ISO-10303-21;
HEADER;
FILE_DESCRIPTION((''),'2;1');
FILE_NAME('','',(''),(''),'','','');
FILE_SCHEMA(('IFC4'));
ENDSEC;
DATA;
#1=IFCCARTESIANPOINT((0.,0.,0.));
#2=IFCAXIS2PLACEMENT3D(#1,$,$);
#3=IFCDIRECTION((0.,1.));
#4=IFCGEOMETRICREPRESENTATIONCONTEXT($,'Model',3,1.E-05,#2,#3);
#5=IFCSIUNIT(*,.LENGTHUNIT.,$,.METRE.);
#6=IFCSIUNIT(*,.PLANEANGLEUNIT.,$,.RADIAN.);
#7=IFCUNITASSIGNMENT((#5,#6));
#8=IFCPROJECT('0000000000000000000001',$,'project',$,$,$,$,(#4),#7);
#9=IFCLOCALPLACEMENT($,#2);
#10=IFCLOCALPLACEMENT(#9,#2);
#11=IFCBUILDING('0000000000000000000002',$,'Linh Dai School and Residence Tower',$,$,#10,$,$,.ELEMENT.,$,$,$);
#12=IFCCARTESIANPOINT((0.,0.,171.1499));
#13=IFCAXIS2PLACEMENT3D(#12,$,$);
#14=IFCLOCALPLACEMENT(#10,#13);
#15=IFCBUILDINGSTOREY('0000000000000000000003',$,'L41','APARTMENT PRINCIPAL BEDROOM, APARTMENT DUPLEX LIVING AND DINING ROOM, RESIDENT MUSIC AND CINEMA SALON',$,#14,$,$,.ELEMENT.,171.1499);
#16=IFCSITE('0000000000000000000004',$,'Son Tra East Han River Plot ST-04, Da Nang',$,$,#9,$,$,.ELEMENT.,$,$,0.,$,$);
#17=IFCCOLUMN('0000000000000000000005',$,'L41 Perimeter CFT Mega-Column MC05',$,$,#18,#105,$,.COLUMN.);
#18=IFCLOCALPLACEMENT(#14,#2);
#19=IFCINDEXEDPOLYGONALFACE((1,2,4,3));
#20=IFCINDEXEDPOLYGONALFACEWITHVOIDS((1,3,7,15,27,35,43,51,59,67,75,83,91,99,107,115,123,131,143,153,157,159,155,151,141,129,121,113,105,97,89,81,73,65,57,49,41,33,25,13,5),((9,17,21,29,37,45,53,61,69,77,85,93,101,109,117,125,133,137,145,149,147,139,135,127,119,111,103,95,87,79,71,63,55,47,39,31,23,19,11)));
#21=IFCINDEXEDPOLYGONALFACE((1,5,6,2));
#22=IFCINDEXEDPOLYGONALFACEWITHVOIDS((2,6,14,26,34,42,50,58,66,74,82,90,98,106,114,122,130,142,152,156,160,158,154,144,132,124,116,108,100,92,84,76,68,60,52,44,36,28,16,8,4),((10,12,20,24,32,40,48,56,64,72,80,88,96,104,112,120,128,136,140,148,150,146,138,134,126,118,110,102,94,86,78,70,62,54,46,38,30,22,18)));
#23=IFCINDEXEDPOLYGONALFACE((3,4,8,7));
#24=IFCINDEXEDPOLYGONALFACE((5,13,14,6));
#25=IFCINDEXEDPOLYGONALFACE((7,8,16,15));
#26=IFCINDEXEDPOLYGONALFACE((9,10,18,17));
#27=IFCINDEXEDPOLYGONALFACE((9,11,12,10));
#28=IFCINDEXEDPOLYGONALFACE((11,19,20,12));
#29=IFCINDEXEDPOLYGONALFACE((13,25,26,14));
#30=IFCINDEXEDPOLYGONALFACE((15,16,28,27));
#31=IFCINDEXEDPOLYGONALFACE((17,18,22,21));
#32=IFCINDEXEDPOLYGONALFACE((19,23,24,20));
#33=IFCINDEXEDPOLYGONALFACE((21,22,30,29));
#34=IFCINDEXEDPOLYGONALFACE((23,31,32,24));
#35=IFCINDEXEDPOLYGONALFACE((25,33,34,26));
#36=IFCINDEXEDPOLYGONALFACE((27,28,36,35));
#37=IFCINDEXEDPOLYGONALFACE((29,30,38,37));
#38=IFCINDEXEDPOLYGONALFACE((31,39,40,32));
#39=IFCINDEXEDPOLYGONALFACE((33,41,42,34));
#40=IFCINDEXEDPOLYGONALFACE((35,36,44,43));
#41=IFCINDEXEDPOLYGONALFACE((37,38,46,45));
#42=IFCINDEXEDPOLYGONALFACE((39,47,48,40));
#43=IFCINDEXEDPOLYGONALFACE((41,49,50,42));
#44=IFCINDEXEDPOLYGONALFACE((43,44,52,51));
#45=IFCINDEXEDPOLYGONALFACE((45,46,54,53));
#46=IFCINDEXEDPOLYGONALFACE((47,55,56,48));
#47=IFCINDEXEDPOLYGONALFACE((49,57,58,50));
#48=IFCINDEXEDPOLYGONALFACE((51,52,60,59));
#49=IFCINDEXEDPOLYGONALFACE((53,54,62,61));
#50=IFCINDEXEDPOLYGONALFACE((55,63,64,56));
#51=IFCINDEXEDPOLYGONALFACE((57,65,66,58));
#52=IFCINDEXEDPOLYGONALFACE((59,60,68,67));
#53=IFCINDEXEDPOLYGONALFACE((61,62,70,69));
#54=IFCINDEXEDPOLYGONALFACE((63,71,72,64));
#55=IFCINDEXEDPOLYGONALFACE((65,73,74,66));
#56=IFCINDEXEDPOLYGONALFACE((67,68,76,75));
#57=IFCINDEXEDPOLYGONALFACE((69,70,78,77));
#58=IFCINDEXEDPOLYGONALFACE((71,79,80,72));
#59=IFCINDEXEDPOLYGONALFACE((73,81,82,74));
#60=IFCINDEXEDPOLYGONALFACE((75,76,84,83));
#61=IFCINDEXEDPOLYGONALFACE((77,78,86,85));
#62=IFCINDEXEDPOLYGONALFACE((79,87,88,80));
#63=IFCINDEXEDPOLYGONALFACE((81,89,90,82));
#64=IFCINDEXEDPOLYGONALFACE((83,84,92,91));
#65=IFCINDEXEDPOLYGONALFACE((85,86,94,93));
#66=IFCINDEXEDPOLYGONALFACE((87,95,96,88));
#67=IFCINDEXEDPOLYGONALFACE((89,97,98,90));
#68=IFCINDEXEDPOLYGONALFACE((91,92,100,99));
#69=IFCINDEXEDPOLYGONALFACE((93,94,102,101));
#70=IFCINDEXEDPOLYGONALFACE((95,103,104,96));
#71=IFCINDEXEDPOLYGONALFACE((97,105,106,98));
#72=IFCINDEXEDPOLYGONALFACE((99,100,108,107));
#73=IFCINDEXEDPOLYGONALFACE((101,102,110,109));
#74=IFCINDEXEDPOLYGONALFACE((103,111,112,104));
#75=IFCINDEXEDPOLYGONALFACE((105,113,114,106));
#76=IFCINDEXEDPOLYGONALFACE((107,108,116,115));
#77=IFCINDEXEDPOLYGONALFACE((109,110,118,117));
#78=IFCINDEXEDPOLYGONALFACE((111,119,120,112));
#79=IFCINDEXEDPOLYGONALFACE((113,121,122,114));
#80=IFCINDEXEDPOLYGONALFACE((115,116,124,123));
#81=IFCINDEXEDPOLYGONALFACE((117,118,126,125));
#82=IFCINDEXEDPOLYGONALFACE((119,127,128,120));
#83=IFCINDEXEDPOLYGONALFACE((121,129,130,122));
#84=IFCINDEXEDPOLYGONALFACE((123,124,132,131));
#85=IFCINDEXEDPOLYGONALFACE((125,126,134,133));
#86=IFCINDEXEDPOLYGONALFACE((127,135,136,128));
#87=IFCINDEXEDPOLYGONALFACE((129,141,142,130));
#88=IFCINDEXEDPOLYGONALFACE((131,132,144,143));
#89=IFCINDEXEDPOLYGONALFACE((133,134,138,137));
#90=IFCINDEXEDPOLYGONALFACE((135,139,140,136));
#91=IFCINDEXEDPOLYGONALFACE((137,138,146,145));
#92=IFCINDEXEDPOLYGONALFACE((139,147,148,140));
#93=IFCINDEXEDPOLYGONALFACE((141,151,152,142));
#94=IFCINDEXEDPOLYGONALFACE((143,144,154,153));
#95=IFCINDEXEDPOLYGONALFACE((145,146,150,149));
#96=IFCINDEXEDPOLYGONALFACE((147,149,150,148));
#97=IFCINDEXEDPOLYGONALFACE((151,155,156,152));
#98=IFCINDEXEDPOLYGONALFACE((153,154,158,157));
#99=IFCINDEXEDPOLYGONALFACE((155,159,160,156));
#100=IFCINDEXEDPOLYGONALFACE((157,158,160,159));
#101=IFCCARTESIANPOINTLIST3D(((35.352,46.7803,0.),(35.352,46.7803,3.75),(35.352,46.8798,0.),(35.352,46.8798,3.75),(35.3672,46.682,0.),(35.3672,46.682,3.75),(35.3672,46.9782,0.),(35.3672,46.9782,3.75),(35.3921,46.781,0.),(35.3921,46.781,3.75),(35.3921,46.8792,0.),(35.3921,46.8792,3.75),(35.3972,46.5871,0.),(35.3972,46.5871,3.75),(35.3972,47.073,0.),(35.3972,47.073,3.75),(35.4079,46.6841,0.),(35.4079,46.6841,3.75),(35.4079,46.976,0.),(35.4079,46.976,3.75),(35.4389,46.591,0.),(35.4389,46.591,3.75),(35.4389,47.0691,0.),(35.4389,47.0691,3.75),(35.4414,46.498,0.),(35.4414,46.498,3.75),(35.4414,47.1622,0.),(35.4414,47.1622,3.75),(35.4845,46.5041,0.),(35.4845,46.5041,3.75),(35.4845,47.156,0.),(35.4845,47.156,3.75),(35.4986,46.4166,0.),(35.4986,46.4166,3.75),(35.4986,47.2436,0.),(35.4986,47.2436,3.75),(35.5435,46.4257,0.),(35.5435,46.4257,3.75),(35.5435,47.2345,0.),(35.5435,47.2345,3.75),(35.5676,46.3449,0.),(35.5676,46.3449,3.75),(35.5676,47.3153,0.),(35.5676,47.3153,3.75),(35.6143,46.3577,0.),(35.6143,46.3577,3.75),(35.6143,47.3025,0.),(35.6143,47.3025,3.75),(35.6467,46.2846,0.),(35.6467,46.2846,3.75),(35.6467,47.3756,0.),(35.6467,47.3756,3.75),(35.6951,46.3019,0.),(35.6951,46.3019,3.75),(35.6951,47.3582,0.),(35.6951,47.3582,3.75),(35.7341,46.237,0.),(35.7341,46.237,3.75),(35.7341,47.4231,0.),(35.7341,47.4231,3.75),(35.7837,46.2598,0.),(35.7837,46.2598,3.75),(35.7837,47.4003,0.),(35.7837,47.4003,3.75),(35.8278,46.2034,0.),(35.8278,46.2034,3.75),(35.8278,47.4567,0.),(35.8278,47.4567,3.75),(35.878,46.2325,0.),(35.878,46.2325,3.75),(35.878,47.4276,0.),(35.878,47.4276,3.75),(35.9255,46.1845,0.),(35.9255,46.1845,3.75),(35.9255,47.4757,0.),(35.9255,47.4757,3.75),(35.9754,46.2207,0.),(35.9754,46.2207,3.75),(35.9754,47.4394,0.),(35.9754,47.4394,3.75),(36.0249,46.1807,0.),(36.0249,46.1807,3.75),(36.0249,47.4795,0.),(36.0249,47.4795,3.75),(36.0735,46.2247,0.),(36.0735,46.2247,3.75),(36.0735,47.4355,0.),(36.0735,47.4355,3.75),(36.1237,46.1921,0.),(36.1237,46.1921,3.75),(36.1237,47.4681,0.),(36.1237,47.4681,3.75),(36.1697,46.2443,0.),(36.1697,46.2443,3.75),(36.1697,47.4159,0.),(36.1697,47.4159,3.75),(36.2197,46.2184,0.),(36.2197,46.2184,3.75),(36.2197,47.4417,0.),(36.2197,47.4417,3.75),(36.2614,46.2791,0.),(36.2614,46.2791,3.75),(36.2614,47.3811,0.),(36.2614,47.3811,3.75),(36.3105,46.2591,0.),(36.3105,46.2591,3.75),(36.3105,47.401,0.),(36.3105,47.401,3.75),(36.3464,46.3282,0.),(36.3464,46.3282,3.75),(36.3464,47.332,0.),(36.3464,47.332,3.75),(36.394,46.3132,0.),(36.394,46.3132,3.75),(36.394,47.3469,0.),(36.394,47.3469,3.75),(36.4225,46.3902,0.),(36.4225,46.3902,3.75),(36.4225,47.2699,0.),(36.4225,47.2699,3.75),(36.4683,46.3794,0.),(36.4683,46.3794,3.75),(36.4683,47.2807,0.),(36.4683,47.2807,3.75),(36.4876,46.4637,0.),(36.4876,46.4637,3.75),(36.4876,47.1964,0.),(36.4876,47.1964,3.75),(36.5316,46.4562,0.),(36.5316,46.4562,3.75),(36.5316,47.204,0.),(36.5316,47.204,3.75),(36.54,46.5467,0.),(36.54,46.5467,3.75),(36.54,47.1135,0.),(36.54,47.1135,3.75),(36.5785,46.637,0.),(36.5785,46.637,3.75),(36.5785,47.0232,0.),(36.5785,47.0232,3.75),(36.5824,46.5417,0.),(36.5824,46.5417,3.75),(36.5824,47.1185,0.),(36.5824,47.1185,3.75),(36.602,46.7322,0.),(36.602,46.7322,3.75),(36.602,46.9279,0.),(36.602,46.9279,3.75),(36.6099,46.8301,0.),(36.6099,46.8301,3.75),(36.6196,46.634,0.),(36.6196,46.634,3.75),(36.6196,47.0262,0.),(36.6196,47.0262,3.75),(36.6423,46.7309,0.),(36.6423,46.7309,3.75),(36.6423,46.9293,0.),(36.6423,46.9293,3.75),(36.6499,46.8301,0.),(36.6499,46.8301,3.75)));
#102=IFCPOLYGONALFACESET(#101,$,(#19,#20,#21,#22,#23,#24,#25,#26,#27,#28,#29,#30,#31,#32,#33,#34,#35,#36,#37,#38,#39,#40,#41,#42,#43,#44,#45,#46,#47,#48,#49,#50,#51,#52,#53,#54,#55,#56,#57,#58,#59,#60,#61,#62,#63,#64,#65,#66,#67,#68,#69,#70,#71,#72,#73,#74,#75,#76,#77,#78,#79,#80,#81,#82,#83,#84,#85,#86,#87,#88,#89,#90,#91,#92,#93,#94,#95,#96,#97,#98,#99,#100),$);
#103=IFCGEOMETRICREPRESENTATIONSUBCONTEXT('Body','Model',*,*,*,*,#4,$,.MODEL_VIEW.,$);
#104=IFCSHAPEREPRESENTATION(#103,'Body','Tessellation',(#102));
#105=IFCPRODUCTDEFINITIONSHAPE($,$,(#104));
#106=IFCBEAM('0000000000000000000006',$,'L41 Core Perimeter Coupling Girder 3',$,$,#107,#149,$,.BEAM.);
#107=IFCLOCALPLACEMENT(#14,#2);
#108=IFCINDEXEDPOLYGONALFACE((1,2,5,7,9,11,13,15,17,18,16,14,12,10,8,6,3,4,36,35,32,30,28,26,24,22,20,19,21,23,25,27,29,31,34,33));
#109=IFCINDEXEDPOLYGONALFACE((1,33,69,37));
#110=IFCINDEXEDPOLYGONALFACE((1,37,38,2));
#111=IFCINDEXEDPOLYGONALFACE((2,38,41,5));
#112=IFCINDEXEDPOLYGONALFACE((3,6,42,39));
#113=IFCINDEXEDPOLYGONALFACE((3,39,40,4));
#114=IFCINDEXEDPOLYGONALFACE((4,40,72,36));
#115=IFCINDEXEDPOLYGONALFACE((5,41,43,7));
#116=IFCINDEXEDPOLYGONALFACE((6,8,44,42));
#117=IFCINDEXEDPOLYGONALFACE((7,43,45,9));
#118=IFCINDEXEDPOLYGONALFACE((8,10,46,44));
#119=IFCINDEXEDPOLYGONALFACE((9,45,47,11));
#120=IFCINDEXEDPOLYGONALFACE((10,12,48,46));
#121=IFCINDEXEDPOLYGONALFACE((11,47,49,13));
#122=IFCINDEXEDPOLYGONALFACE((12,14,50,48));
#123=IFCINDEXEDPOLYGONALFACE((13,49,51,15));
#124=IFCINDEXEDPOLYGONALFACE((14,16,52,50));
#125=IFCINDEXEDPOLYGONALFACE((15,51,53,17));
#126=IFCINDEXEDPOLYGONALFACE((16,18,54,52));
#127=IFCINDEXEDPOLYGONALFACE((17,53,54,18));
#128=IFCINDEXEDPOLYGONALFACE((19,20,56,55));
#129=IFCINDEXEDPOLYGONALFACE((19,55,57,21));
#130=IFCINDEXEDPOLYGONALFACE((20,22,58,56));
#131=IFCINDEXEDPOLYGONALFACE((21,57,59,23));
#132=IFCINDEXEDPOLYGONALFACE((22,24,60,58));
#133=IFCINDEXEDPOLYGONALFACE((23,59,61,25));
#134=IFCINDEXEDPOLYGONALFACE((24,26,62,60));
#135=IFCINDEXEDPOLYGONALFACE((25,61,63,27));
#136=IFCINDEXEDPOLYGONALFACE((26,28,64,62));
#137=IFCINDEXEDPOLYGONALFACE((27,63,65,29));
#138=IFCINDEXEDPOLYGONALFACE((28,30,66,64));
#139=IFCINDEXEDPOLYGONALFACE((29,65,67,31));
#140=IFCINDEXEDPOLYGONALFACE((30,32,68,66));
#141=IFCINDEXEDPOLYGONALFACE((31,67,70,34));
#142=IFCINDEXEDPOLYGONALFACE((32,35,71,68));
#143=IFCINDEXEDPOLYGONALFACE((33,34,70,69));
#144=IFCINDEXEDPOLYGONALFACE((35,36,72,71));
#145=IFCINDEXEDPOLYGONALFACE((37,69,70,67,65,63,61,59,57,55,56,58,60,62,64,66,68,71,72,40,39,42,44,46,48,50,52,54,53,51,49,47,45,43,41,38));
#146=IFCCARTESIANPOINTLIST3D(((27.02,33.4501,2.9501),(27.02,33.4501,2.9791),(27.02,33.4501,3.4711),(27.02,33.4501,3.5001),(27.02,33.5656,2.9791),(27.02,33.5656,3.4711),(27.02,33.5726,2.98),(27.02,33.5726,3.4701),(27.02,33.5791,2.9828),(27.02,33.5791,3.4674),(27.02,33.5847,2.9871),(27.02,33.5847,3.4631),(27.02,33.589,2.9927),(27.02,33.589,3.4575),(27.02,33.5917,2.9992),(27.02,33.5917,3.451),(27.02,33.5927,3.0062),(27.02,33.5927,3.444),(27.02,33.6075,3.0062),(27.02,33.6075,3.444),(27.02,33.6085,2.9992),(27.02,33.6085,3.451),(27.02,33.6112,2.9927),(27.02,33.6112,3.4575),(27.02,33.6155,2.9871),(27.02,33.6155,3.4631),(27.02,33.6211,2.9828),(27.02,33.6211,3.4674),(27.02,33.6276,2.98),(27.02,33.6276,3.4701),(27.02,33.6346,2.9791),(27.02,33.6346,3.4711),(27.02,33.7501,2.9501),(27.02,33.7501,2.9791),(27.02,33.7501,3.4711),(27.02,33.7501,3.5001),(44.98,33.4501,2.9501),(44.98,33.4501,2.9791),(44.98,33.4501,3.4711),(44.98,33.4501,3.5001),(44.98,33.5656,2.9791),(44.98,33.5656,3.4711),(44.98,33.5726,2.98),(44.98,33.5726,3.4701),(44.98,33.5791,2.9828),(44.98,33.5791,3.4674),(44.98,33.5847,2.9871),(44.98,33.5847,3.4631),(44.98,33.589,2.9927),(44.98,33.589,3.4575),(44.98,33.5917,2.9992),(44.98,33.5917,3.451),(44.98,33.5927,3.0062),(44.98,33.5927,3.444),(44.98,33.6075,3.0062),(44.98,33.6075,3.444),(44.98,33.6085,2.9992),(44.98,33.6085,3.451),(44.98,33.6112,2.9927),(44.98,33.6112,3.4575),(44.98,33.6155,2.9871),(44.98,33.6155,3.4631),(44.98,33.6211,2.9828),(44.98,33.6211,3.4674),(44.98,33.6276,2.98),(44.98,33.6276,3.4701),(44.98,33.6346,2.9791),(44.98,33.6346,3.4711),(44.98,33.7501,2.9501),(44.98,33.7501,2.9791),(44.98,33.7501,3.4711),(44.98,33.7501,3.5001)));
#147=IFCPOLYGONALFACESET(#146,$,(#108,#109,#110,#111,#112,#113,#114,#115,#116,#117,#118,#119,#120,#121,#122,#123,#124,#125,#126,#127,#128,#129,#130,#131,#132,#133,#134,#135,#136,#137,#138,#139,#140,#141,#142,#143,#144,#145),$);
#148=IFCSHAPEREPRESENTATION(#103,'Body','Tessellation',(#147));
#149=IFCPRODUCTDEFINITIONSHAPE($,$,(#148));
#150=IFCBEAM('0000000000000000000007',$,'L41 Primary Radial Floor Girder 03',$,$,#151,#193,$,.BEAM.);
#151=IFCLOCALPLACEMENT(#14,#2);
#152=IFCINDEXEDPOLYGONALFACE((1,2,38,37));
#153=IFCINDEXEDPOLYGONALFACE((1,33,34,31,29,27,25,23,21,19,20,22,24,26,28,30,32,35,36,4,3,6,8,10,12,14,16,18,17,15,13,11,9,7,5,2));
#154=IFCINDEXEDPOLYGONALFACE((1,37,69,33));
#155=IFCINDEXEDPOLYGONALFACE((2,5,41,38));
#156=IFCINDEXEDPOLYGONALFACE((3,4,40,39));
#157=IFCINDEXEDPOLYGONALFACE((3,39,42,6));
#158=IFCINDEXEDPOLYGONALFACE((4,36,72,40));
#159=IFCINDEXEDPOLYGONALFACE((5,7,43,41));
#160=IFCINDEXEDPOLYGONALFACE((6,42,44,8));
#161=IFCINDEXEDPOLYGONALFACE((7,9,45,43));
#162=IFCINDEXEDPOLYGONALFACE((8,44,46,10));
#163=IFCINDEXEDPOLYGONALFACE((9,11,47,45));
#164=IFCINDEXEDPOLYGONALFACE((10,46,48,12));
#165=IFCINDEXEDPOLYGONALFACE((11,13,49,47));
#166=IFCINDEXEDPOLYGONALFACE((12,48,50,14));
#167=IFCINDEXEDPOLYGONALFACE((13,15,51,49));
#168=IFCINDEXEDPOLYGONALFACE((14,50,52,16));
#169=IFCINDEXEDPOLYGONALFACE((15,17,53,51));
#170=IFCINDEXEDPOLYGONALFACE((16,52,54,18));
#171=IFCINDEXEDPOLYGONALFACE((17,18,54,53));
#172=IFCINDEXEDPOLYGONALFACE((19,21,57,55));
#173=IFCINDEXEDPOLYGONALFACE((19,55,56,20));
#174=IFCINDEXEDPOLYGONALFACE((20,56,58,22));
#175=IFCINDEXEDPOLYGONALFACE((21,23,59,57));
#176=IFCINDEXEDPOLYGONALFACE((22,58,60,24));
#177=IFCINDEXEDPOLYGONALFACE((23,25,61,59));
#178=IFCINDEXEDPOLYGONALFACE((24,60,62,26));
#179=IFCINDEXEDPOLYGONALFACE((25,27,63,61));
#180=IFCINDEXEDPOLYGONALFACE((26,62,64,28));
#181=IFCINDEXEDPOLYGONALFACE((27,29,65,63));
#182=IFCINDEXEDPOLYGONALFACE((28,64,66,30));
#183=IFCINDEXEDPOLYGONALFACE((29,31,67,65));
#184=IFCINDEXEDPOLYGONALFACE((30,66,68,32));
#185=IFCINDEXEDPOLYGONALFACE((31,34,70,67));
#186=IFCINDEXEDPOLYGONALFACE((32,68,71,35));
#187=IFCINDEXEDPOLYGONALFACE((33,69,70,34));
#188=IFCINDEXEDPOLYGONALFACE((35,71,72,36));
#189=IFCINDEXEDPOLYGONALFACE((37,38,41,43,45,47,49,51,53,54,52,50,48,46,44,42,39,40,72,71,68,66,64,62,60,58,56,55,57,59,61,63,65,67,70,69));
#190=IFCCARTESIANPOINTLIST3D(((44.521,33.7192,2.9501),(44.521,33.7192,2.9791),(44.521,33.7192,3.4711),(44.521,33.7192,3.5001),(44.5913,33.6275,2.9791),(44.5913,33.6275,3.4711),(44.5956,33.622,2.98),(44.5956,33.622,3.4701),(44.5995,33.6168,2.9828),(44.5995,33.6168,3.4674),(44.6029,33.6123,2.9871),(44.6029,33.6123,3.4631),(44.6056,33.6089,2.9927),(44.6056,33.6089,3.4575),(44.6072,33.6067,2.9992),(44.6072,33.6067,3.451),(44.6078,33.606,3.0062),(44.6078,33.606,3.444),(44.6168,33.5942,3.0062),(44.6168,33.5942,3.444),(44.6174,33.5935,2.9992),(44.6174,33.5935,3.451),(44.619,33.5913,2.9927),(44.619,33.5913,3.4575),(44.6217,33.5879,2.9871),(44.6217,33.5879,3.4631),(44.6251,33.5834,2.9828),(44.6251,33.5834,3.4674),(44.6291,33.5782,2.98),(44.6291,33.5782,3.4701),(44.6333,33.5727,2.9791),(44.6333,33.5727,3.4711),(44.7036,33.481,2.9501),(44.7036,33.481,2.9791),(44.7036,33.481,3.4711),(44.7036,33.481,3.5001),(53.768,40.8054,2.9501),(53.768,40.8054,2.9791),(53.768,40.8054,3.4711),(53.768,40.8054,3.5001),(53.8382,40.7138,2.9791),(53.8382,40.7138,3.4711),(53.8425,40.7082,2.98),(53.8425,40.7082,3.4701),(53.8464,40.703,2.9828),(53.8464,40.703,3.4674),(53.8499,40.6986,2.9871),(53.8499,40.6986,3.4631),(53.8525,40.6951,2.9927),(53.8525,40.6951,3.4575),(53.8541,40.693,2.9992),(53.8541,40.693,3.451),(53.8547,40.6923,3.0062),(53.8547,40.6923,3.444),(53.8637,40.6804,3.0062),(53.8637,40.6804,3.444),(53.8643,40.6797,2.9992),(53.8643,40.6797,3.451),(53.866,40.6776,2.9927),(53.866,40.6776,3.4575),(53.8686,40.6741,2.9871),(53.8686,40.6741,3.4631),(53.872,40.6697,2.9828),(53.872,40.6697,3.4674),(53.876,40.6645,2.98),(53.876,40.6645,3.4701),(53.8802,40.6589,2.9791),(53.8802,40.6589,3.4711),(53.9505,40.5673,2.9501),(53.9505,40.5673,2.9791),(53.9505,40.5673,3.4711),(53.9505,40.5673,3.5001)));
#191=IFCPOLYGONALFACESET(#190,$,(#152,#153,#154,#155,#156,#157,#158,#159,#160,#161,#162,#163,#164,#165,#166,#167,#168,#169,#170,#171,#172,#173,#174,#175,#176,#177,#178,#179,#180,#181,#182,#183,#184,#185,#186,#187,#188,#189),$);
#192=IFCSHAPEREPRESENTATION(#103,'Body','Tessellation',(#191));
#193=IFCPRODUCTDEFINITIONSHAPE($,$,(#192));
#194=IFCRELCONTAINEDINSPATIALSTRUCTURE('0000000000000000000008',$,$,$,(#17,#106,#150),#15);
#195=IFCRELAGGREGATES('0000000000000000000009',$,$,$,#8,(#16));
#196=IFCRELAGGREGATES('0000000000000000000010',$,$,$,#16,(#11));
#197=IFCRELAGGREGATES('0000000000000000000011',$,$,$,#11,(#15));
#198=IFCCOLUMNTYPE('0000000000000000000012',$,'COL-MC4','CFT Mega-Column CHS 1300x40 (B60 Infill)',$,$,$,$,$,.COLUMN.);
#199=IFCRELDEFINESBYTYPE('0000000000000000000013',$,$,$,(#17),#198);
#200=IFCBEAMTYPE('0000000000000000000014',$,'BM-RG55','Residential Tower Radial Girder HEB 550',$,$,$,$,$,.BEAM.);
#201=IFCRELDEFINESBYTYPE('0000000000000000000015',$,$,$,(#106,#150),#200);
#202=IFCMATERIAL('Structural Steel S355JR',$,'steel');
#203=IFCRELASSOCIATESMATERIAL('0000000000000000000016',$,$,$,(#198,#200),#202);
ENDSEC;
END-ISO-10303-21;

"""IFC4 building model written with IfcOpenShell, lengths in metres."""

from ifc_helpers import new_model, si_unit, direction, frame, origin, origin_2d, place, context, subcontext, project, spatial, hollow_circle, i_section, extrude, material, material_profile, profile_set, type_object, element, save


model = new_model("IFC4")

# Units and contexts
model_context = context("Model", 3, precision=1e-05, world=origin(), true_north=direction((0.0, 1.0)))
body_context = subcontext(model_context, "Body", "Model", "MODEL_VIEW")
ifc_project = project(units=[si_unit("LENGTHUNIT", "METRE"), si_unit("PLANEANGLEUNIT", "RADIAN")], contexts=[model_context])

# Site, building, storey
site_placement = place(None, origin())
site = spatial("IfcSite", under=ifc_project, at=site_placement, Name="Son Tra East Han River Plot ST-04, Da Nang", CompositionType="ELEMENT", RefElevation=0.0)
building_placement = place(site_placement, origin())
building = spatial("IfcBuilding", under=site, at=building_placement, Name="Linh Dai School and Residence Tower", CompositionType="ELEMENT")
storey_placement = place(building_placement, frame((0.0, 0.0, 171.1499)))
storey = spatial("IfcBuildingStorey", under=building, at=storey_placement, Name="L41", Description="APARTMENT PRINCIPAL BEDROOM, APARTMENT DUPLEX LIVING AND DINING ROOM, RESIDENT MUSIC AND CINEMA SALON", CompositionType="ELEMENT", Elevation=171.1499)

# Column
ifc_material_1 = material(Name="Structural Steel S355JR", Category="steel")
ifc_material_profile_1 = material_profile(ifc_material_1, hollow_circle(Radius=0.6499, WallThickness=0.04, at=origin_2d()), Name="CHS 1300x40")
ifc_profile_set_1 = profile_set([ifc_material_profile_1], Name="Structural Steel S355JR")
column_type = type_object("IfcColumnType", Name="COL-MC4", Description="CFT Mega-Column CHS 1300x40 (B60 Infill)", PredefinedType="COLUMN", material=ifc_profile_set_1)
column_placement = place(storey_placement, frame((36.0, 46.8301, 0.0), z_axis=(0.0, 0.0, 1.0), x_axis=(1.0, 0.0, 0.0)))
element("IfcColumn", 1, at=column_placement, inside=storey, type_object=column_type, Name="L41 Perimeter CFT Mega-Column MC05", PredefinedType="COLUMN", context=body_context, shape_type="SweptSolid", body=[
    extrude(hollow_circle(Radius=0.6499, WallThickness=0.04, at=origin_2d()), origin(), (0.0, 0.0, 1.0), 3.75),
])

# Beams
ifc_material_profile_2 = material_profile(ifc_material_1, i_section(OverallWidth=0.3, OverallDepth=0.55, WebThickness=0.0149, FlangeThickness=0.0291, FilletRadius=0.0271, at=origin_2d()), Name="HEB 550")
ifc_profile_set_2 = profile_set([ifc_material_profile_2], Name="Structural Steel S355JR")
beam_type = type_object("IfcBeamType", Name="BM-RG55", Description="Residential Tower Radial Girder HEB 550", PredefinedType="BEAM", material=ifc_profile_set_2)
beam_1_placement = place(storey_placement, frame((44.98, 33.6001, 3.2251), z_axis=(-1.0, 0.0, 0.0), x_axis=(0.0, -1.0, 0.0)))
element("IfcBeam", 2, at=beam_1_placement, inside=storey, type_object=beam_type, Name="L41 Core Perimeter Coupling Girder 3", PredefinedType="BEAM", context=body_context, shape_type="SweptSolid", body=[
    extrude(i_section(OverallWidth=0.3, OverallDepth=0.55, WebThickness=0.0149, FlangeThickness=0.0291, FilletRadius=0.0271, at=origin_2d()), origin(), (0.0, 0.0, 1.0), 17.96),
])
beam_2_placement = place(storey_placement, frame((44.6123, 33.6001, 3.2251), z_axis=(0.793733, 0.608267, 0.0), x_axis=(-0.608267, 0.793733, 0.0)))
element("IfcBeam", 3, at=beam_2_placement, inside=storey, type_object=beam_type, Name="L41 Primary Radial Floor Girder 03", PredefinedType="BEAM", context=body_context, shape_type="SweptSolid", body=[
    extrude(i_section(OverallWidth=0.3, OverallDepth=0.55, WebThickness=0.0149, FlangeThickness=0.0291, FilletRadius=0.0271, at=origin_2d()), origin(), (0.0, 0.0, 1.0), 11.6499),
])

save(model, "model.ifc")
